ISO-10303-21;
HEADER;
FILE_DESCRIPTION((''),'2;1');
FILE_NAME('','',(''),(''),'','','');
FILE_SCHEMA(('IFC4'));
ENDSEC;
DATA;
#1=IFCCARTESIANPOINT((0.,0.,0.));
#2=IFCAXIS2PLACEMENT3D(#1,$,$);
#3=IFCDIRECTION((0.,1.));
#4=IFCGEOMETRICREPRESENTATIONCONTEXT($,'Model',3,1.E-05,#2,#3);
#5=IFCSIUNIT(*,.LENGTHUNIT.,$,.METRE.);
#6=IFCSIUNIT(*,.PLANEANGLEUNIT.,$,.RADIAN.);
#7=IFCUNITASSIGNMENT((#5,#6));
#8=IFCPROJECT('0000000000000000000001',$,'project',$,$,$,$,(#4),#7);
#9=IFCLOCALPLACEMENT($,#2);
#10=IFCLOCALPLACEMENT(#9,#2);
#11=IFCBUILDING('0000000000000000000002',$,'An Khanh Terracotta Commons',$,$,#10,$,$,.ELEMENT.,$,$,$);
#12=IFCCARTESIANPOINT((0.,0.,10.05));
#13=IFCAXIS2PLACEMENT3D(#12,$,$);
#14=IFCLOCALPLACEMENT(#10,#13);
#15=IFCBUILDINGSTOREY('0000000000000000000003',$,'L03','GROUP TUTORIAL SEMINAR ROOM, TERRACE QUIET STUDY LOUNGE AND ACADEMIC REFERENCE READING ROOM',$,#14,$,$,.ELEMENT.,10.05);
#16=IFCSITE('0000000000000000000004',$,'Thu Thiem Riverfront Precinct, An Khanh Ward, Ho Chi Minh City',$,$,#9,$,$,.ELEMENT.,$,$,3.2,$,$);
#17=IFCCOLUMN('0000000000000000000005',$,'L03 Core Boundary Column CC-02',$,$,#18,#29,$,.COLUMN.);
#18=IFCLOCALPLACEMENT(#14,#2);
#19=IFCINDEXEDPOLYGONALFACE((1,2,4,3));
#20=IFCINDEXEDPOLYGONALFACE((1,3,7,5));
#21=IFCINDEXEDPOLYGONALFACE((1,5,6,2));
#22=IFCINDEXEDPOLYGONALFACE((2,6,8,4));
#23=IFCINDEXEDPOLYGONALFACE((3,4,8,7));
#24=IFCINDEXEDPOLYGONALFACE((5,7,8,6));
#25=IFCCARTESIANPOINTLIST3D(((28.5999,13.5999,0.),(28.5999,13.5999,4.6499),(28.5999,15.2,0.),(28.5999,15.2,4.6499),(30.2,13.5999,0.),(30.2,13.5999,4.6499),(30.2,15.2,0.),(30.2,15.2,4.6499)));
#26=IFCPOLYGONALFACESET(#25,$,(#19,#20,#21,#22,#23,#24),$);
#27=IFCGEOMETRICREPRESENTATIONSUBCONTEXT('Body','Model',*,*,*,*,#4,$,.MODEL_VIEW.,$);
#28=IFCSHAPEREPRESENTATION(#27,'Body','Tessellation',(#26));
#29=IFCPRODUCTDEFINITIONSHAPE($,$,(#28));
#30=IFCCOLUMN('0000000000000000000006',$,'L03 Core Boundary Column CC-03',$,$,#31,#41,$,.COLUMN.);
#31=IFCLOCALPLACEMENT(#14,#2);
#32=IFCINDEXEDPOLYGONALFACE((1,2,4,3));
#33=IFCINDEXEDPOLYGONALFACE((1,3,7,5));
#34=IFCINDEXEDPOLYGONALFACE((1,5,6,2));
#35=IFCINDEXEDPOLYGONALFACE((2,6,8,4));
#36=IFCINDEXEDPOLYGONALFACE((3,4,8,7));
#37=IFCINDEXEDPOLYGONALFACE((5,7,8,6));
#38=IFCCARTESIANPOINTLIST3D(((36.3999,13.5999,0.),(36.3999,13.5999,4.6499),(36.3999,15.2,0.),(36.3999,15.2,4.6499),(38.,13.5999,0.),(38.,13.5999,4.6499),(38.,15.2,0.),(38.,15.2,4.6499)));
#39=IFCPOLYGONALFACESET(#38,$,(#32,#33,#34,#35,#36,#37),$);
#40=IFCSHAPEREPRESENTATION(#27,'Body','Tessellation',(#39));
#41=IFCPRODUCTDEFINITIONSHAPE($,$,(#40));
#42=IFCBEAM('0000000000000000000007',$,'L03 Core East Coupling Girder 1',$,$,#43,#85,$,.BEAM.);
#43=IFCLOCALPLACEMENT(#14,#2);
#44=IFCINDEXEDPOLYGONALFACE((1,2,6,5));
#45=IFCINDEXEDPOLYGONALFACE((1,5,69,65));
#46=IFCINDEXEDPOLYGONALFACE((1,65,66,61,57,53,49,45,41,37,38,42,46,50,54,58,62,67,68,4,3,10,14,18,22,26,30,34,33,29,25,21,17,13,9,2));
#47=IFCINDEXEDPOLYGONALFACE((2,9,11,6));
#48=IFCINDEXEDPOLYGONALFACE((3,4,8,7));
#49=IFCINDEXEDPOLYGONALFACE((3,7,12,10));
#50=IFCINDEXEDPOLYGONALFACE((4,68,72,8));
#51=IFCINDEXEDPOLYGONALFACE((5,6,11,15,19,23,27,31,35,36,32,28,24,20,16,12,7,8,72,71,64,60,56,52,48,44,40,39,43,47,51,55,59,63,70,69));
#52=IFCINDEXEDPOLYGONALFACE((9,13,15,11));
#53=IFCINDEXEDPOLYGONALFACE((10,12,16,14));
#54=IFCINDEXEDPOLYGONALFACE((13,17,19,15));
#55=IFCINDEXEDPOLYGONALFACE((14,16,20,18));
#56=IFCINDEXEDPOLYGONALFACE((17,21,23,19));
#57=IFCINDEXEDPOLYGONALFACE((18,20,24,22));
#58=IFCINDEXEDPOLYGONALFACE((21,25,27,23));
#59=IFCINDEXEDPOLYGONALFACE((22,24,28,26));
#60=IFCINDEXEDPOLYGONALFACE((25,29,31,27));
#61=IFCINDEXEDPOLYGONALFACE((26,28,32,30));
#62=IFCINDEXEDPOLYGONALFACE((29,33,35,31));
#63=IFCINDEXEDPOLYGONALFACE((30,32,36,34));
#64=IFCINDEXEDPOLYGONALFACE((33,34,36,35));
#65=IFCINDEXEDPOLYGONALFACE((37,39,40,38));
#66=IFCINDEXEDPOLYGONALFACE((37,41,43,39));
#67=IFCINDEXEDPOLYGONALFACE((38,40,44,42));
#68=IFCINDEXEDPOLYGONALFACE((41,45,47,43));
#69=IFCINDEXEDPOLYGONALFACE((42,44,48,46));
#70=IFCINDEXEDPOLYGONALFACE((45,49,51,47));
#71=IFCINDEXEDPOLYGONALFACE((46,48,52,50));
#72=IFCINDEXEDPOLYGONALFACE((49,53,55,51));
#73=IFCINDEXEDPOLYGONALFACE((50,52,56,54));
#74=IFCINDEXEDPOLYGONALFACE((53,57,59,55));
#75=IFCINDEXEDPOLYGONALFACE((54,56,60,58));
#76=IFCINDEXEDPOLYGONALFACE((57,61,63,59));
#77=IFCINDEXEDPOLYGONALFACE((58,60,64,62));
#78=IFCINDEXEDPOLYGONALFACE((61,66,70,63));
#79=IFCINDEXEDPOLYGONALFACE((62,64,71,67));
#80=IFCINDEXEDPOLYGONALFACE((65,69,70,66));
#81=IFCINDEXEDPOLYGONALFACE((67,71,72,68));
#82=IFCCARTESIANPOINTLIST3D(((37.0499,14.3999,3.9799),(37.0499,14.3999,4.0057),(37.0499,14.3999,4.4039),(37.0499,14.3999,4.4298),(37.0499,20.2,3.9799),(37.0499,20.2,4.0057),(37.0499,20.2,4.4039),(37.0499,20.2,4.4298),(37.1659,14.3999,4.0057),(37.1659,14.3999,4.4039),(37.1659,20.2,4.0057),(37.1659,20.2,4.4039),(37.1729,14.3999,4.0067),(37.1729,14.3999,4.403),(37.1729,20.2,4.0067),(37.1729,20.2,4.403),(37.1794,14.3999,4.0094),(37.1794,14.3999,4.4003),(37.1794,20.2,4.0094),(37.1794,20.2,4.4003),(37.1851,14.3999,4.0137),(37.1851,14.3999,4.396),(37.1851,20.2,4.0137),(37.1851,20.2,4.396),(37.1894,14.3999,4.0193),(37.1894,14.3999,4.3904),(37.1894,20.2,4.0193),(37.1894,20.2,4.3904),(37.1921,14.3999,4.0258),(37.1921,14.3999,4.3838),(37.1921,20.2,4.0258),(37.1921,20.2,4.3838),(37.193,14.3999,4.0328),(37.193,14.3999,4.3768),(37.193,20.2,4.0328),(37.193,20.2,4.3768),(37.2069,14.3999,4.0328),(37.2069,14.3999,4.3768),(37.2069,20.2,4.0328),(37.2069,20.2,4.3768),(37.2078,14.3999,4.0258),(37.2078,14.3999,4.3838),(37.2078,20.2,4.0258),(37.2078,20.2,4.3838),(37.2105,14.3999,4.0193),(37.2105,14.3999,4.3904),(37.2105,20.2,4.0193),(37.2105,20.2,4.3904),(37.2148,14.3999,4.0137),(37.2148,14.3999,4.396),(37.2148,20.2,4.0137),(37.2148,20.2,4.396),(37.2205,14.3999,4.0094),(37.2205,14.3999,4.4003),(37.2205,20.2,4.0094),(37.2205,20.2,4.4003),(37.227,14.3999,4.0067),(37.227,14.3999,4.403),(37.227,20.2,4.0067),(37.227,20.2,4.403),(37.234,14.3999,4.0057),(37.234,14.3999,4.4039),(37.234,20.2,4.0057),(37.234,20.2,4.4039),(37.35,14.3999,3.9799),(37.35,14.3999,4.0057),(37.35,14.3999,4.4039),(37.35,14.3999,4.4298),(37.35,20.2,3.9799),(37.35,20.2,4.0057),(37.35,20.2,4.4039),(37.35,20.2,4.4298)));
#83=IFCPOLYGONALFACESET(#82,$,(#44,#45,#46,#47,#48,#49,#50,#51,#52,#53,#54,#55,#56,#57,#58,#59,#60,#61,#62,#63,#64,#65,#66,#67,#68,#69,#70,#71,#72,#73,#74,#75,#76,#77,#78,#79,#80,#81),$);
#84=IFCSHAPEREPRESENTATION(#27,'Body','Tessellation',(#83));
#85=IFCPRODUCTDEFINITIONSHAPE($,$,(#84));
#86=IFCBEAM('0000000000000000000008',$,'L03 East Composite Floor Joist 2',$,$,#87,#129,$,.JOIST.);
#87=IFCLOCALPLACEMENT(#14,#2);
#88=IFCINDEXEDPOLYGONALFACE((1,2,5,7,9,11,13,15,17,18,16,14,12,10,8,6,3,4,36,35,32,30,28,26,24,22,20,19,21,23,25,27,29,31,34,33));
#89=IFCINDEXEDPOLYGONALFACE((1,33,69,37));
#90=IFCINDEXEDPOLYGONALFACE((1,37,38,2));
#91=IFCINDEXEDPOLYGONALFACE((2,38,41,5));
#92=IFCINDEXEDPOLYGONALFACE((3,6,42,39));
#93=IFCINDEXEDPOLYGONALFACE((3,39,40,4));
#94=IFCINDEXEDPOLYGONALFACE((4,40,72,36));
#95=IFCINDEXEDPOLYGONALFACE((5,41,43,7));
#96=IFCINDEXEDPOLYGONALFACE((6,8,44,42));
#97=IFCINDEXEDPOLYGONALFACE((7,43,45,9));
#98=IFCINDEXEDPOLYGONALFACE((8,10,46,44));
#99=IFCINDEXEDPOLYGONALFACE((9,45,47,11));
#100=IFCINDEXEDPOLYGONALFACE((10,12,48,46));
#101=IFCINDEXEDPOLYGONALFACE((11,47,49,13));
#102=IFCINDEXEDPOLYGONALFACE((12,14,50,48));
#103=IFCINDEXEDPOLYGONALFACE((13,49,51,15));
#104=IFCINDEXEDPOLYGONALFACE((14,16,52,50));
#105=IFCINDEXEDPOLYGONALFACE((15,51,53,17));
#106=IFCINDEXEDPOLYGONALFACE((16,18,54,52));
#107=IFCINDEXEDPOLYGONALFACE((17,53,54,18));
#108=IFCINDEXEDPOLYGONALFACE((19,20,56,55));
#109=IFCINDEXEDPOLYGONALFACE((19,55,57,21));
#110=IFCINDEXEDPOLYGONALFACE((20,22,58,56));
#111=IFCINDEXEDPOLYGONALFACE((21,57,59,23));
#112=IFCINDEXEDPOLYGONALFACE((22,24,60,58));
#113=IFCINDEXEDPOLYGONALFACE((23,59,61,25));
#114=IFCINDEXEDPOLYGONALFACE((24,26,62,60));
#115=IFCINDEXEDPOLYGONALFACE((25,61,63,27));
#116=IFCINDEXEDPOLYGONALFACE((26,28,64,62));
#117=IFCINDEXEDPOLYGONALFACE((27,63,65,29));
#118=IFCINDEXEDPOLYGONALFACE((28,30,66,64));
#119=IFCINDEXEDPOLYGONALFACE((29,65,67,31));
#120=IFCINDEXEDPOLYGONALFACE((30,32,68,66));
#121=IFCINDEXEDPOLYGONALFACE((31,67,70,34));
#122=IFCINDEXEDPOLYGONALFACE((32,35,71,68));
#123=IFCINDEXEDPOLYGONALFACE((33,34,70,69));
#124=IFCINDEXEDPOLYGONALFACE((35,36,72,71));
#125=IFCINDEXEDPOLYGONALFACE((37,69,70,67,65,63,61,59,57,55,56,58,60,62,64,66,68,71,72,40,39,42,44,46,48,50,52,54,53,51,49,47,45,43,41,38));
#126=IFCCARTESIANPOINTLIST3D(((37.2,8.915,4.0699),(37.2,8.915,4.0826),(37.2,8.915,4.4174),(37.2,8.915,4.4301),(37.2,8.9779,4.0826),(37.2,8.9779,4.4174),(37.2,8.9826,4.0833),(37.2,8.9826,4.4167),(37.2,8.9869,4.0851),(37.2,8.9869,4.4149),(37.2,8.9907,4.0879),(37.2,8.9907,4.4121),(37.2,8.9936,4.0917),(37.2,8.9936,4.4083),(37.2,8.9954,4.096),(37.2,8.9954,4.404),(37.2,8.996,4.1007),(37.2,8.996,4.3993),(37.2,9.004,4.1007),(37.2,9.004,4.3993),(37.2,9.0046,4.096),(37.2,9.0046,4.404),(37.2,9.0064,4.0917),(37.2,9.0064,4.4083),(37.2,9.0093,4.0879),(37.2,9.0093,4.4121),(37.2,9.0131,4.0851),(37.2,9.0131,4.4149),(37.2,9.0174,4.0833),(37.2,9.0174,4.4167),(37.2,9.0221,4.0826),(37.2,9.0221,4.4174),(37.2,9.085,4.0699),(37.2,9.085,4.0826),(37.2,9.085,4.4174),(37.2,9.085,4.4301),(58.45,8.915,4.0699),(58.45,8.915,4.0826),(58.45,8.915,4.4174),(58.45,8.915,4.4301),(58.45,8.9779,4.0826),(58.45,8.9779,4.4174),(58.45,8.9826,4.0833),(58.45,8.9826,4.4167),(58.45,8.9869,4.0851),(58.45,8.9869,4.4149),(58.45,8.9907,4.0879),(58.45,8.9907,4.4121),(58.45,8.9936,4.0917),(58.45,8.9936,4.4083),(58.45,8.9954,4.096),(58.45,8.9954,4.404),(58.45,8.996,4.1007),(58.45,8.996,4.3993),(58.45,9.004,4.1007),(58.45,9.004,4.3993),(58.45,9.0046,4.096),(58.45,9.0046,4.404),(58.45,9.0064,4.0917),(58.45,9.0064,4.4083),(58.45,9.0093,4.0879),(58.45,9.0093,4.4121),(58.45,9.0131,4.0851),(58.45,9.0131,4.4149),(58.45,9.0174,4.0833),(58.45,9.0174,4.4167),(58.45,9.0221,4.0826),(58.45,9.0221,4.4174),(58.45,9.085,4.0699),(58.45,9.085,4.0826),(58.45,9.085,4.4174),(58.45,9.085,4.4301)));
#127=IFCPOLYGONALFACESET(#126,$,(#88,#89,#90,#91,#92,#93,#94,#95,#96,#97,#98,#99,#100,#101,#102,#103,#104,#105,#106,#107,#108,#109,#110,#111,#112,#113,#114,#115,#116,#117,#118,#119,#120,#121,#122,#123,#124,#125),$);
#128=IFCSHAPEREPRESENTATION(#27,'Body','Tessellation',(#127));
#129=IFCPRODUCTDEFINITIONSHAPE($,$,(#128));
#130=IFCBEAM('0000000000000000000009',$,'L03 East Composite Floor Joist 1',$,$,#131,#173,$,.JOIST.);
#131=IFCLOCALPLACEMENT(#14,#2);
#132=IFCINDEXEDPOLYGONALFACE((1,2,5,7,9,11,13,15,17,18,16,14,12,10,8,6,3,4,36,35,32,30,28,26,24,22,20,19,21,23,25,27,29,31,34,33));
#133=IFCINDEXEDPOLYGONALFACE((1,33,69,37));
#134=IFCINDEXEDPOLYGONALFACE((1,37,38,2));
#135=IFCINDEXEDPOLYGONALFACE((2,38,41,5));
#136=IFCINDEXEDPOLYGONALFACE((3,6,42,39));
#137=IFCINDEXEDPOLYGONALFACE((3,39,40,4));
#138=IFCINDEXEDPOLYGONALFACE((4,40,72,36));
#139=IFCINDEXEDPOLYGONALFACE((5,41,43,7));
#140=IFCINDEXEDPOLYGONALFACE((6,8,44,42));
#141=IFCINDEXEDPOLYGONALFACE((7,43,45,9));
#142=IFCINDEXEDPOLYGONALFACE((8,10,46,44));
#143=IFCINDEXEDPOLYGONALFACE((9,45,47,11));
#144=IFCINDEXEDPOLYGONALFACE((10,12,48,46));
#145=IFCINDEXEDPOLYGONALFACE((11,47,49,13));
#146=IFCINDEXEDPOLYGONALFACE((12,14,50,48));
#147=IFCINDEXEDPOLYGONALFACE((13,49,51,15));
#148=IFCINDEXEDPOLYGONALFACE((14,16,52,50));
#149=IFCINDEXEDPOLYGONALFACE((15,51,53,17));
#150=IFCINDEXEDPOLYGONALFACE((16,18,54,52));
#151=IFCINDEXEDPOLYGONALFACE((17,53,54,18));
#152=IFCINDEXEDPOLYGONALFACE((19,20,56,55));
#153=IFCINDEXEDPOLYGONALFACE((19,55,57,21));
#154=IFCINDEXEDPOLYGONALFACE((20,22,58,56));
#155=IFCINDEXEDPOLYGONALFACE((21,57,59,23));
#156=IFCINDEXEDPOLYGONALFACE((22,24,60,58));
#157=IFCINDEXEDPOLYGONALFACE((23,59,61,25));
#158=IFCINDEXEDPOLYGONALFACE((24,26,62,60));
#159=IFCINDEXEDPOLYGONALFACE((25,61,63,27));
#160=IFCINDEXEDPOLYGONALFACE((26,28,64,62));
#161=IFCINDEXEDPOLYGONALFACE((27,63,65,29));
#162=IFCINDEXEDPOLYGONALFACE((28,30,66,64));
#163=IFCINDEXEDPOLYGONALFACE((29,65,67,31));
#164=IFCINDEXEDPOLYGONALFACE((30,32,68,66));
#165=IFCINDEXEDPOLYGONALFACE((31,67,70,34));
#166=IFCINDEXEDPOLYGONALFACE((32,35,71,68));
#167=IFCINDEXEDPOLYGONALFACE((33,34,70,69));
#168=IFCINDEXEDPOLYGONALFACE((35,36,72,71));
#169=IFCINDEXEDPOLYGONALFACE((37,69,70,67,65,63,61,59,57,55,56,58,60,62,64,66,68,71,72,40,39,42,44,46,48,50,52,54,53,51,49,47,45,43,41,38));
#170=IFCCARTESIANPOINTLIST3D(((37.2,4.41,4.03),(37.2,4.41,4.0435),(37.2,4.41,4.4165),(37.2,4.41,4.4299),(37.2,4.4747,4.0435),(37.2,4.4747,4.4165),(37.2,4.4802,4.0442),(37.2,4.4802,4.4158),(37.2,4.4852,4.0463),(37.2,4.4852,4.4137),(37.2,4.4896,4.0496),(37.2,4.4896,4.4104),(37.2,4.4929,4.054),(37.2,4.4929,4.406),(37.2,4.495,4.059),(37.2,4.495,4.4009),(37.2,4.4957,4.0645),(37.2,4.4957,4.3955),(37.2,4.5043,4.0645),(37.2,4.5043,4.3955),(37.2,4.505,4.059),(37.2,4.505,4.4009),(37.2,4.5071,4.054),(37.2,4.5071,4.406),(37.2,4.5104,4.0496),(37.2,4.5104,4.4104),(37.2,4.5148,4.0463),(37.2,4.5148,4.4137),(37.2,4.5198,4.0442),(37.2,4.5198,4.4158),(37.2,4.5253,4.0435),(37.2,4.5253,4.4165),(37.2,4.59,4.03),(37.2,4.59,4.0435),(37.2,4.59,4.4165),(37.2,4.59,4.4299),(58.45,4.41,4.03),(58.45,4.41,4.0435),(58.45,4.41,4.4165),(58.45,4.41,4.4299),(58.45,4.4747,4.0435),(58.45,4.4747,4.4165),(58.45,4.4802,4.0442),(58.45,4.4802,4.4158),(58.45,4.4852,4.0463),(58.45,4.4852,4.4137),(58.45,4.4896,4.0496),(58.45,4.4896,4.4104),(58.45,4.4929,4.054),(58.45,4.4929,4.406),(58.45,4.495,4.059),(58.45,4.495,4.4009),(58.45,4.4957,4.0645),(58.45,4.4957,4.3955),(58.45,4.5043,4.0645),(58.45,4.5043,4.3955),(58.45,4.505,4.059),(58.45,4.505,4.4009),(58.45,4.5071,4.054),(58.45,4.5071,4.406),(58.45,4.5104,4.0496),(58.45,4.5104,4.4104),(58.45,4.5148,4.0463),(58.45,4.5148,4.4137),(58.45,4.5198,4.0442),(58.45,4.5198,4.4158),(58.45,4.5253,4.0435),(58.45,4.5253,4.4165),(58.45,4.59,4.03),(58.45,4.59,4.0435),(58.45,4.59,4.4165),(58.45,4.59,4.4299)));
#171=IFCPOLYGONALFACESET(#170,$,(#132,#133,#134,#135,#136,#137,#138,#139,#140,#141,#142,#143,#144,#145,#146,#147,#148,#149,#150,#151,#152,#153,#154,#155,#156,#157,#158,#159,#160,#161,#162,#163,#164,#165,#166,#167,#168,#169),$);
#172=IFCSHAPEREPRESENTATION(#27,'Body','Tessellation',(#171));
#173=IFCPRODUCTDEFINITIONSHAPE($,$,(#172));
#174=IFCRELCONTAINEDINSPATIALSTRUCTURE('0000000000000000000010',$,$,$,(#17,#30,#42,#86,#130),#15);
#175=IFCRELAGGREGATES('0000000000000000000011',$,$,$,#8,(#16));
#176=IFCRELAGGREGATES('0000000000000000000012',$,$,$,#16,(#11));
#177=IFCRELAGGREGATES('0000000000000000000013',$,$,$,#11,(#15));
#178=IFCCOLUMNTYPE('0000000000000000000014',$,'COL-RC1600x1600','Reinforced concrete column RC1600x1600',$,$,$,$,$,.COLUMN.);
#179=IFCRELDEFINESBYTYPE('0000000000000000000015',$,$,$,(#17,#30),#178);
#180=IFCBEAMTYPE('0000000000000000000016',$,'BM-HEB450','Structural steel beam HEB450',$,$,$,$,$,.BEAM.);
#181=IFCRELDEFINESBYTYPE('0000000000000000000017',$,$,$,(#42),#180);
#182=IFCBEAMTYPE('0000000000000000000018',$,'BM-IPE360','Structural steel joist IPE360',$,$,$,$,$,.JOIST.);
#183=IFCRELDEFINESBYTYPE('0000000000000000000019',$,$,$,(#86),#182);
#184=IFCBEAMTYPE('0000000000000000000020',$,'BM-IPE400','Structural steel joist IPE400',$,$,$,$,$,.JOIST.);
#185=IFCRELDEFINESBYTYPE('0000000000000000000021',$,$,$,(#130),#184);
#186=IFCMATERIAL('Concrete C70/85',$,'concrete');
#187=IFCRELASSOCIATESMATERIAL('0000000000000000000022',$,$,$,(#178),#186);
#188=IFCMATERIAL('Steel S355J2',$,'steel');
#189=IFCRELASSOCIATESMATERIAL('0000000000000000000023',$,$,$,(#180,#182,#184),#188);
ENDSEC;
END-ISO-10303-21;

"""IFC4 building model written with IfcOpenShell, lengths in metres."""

from ifc_helpers import new_model, si_unit, direction, frame, origin, origin_2d, place, context, subcontext, project, spatial, rectangle, i_section, extrude, material, material_profile, profile_set, type_object, element, save


model = new_model("IFC4")

# Units and contexts
model_context = context("Model", 3, precision=1e-05, world=origin(), true_north=direction((0.0, 1.0)))
body_context = subcontext(model_context, "Body", "Model", "MODEL_VIEW")
ifc_project = project(units=[si_unit("LENGTHUNIT", "METRE"), si_unit("PLANEANGLEUNIT", "RADIAN")], contexts=[model_context])

# Site, building, storey
site_placement = place(None, origin())
site = spatial("IfcSite", under=ifc_project, at=site_placement, Name="Thu Thiem Riverfront Precinct, An Khanh Ward, Ho Chi Minh City", CompositionType="ELEMENT", RefElevation=3.2)
building_placement = place(site_placement, origin())
building = spatial("IfcBuilding", under=site, at=building_placement, Name="An Khanh Terracotta Commons", CompositionType="ELEMENT")
storey_placement = place(building_placement, frame((0.0, 0.0, 10.05)))
storey = spatial("IfcBuildingStorey", under=building, at=storey_placement, Name="L03", Description="GROUP TUTORIAL SEMINAR ROOM, TERRACE QUIET STUDY LOUNGE AND ACADEMIC REFERENCE READING ROOM", CompositionType="ELEMENT", Elevation=10.05)

# Columns
ifc_material_1 = material(Name="Concrete C70/85", Category="concrete")
ifc_material_profile_1 = material_profile(ifc_material_1, rectangle(XDim=1.6001, YDim=1.6001, at=origin_2d()), Name="RC1600x1600")
ifc_profile_set_1 = profile_set([ifc_material_profile_1], Name="Concrete C70/85")
column_type = type_object("IfcColumnType", Name="COL-RC1600x1600", Description="Reinforced concrete column RC1600x1600", PredefinedType="COLUMN", material=ifc_profile_set_1)
for number, where, z_axis, x_axis, name in (
    (1, (29.3999, 14.3999, 0.0), (0.0, 0.0, 1.0), (1.0, 0.0, 0.0), "L03 Core Boundary Column CC-02"),
    (2, (37.2, 14.3999, 0.0), (0.0, 0.0, 1.0), (1.0, 0.0, 0.0), "L03 Core Boundary Column CC-03"),
):
    element("IfcColumn", number, at=place(storey_placement, frame(where, z_axis=z_axis, x_axis=x_axis)), inside=storey, type_object=column_type, Name=name, PredefinedType="COLUMN", context=body_context, shape_type="SweptSolid", body=[
        extrude(rectangle(XDim=1.6001, YDim=1.6001, at=origin_2d()), origin(), (0.0, 0.0, 1.0), 4.6499),
    ])

# Beams
ifc_material_2 = material(Name="Steel S355J2", Category="steel")
ifc_material_profile_2 = material_profile(ifc_material_2, i_section(OverallWidth=0.3, OverallDepth=0.45, WebThickness=0.0139, FlangeThickness=0.0259, FilletRadius=0.0271, at=origin_2d()), Name="HEB450")
ifc_profile_set_2 = profile_set([ifc_material_profile_2], Name="Steel S355J2")
beam_type_1 = type_object("IfcBeamType", Name="BM-HEB450", Description="Structural steel beam HEB450", PredefinedType="BEAM", material=ifc_profile_set_2)
beam_1_placement = place(storey_placement, frame((37.2, 14.3999, 4.2048), z_axis=(0.0, 1.0, 0.0), x_axis=(-1.0, 0.0, 0.0)))
element("IfcBeam", 3, at=beam_1_placement, inside=storey, type_object=beam_type_1, Name="L03 Core East Coupling Girder 1", PredefinedType="BEAM", context=body_context, shape_type="SweptSolid", body=[
    extrude(i_section(OverallWidth=0.3, OverallDepth=0.45, WebThickness=0.0139, FlangeThickness=0.0259, FilletRadius=0.0271, at=origin_2d()), origin(), (0.0, 0.0, 1.0), 5.8),
])
ifc_material_profile_3 = material_profile(ifc_material_2, i_section(OverallWidth=0.1699, OverallDepth=0.3601, WebThickness=0.0081, FlangeThickness=0.0127, FilletRadius=0.0181, at=origin_2d()), Name="IPE360")
ifc_profile_set_3 = profile_set([ifc_material_profile_3], Name="Steel S355J2")
beam_type_2 = type_object("IfcBeamType", Name="BM-IPE360", Description="Structural steel joist IPE360", PredefinedType="JOIST", material=ifc_profile_set_3)
beam_2_placement = place(storey_placement, frame((37.2, 9.0, 4.25), z_axis=(1.0, 0.0, 0.0), x_axis=(0.0, 1.0, 0.0)))
element("IfcBeam", 4, at=beam_2_placement, inside=storey, type_object=beam_type_2, Name="L03 East Composite Floor Joist 2", PredefinedType="JOIST", context=body_context, shape_type="SweptSolid", body=[
    extrude(i_section(OverallWidth=0.1699, OverallDepth=0.3601, WebThickness=0.0081, FlangeThickness=0.0127, FilletRadius=0.0181, at=origin_2d()), origin(), (0.0, 0.0, 1.0), 21.25),
])
ifc_material_profile_4 = material_profile(ifc_material_2, i_section(OverallWidth=0.1799, OverallDepth=0.3999, WebThickness=0.0085, FlangeThickness=0.0134, FilletRadius=0.021, at=origin_2d()), Name="IPE400")
ifc_profile_set_4 = profile_set([ifc_material_profile_4], Name="Steel S355J2")
beam_type_3 = type_object("IfcBeamType", Name="BM-IPE400", Description="Structural steel joist IPE400", PredefinedType="JOIST", material=ifc_profile_set_4)
for number, where, z_axis, x_axis, name in (
    (5, (37.2, 4.5, 4.23), (1.0, 0.0, 0.0), (0.0, 1.0, 0.0), "L03 East Composite Floor Joist 1"),
):
    element("IfcBeam", number, at=place(storey_placement, frame(where, z_axis=z_axis, x_axis=x_axis)), inside=storey, type_object=beam_type_3, Name=name, PredefinedType="JOIST", context=body_context, shape_type="SweptSolid", body=[
        extrude(i_section(OverallWidth=0.1799, OverallDepth=0.3999, WebThickness=0.0085, FlangeThickness=0.0134, FilletRadius=0.021, at=origin_2d()), origin(), (0.0, 0.0, 1.0), 21.25),
    ])

save(model, "model.ifc")
